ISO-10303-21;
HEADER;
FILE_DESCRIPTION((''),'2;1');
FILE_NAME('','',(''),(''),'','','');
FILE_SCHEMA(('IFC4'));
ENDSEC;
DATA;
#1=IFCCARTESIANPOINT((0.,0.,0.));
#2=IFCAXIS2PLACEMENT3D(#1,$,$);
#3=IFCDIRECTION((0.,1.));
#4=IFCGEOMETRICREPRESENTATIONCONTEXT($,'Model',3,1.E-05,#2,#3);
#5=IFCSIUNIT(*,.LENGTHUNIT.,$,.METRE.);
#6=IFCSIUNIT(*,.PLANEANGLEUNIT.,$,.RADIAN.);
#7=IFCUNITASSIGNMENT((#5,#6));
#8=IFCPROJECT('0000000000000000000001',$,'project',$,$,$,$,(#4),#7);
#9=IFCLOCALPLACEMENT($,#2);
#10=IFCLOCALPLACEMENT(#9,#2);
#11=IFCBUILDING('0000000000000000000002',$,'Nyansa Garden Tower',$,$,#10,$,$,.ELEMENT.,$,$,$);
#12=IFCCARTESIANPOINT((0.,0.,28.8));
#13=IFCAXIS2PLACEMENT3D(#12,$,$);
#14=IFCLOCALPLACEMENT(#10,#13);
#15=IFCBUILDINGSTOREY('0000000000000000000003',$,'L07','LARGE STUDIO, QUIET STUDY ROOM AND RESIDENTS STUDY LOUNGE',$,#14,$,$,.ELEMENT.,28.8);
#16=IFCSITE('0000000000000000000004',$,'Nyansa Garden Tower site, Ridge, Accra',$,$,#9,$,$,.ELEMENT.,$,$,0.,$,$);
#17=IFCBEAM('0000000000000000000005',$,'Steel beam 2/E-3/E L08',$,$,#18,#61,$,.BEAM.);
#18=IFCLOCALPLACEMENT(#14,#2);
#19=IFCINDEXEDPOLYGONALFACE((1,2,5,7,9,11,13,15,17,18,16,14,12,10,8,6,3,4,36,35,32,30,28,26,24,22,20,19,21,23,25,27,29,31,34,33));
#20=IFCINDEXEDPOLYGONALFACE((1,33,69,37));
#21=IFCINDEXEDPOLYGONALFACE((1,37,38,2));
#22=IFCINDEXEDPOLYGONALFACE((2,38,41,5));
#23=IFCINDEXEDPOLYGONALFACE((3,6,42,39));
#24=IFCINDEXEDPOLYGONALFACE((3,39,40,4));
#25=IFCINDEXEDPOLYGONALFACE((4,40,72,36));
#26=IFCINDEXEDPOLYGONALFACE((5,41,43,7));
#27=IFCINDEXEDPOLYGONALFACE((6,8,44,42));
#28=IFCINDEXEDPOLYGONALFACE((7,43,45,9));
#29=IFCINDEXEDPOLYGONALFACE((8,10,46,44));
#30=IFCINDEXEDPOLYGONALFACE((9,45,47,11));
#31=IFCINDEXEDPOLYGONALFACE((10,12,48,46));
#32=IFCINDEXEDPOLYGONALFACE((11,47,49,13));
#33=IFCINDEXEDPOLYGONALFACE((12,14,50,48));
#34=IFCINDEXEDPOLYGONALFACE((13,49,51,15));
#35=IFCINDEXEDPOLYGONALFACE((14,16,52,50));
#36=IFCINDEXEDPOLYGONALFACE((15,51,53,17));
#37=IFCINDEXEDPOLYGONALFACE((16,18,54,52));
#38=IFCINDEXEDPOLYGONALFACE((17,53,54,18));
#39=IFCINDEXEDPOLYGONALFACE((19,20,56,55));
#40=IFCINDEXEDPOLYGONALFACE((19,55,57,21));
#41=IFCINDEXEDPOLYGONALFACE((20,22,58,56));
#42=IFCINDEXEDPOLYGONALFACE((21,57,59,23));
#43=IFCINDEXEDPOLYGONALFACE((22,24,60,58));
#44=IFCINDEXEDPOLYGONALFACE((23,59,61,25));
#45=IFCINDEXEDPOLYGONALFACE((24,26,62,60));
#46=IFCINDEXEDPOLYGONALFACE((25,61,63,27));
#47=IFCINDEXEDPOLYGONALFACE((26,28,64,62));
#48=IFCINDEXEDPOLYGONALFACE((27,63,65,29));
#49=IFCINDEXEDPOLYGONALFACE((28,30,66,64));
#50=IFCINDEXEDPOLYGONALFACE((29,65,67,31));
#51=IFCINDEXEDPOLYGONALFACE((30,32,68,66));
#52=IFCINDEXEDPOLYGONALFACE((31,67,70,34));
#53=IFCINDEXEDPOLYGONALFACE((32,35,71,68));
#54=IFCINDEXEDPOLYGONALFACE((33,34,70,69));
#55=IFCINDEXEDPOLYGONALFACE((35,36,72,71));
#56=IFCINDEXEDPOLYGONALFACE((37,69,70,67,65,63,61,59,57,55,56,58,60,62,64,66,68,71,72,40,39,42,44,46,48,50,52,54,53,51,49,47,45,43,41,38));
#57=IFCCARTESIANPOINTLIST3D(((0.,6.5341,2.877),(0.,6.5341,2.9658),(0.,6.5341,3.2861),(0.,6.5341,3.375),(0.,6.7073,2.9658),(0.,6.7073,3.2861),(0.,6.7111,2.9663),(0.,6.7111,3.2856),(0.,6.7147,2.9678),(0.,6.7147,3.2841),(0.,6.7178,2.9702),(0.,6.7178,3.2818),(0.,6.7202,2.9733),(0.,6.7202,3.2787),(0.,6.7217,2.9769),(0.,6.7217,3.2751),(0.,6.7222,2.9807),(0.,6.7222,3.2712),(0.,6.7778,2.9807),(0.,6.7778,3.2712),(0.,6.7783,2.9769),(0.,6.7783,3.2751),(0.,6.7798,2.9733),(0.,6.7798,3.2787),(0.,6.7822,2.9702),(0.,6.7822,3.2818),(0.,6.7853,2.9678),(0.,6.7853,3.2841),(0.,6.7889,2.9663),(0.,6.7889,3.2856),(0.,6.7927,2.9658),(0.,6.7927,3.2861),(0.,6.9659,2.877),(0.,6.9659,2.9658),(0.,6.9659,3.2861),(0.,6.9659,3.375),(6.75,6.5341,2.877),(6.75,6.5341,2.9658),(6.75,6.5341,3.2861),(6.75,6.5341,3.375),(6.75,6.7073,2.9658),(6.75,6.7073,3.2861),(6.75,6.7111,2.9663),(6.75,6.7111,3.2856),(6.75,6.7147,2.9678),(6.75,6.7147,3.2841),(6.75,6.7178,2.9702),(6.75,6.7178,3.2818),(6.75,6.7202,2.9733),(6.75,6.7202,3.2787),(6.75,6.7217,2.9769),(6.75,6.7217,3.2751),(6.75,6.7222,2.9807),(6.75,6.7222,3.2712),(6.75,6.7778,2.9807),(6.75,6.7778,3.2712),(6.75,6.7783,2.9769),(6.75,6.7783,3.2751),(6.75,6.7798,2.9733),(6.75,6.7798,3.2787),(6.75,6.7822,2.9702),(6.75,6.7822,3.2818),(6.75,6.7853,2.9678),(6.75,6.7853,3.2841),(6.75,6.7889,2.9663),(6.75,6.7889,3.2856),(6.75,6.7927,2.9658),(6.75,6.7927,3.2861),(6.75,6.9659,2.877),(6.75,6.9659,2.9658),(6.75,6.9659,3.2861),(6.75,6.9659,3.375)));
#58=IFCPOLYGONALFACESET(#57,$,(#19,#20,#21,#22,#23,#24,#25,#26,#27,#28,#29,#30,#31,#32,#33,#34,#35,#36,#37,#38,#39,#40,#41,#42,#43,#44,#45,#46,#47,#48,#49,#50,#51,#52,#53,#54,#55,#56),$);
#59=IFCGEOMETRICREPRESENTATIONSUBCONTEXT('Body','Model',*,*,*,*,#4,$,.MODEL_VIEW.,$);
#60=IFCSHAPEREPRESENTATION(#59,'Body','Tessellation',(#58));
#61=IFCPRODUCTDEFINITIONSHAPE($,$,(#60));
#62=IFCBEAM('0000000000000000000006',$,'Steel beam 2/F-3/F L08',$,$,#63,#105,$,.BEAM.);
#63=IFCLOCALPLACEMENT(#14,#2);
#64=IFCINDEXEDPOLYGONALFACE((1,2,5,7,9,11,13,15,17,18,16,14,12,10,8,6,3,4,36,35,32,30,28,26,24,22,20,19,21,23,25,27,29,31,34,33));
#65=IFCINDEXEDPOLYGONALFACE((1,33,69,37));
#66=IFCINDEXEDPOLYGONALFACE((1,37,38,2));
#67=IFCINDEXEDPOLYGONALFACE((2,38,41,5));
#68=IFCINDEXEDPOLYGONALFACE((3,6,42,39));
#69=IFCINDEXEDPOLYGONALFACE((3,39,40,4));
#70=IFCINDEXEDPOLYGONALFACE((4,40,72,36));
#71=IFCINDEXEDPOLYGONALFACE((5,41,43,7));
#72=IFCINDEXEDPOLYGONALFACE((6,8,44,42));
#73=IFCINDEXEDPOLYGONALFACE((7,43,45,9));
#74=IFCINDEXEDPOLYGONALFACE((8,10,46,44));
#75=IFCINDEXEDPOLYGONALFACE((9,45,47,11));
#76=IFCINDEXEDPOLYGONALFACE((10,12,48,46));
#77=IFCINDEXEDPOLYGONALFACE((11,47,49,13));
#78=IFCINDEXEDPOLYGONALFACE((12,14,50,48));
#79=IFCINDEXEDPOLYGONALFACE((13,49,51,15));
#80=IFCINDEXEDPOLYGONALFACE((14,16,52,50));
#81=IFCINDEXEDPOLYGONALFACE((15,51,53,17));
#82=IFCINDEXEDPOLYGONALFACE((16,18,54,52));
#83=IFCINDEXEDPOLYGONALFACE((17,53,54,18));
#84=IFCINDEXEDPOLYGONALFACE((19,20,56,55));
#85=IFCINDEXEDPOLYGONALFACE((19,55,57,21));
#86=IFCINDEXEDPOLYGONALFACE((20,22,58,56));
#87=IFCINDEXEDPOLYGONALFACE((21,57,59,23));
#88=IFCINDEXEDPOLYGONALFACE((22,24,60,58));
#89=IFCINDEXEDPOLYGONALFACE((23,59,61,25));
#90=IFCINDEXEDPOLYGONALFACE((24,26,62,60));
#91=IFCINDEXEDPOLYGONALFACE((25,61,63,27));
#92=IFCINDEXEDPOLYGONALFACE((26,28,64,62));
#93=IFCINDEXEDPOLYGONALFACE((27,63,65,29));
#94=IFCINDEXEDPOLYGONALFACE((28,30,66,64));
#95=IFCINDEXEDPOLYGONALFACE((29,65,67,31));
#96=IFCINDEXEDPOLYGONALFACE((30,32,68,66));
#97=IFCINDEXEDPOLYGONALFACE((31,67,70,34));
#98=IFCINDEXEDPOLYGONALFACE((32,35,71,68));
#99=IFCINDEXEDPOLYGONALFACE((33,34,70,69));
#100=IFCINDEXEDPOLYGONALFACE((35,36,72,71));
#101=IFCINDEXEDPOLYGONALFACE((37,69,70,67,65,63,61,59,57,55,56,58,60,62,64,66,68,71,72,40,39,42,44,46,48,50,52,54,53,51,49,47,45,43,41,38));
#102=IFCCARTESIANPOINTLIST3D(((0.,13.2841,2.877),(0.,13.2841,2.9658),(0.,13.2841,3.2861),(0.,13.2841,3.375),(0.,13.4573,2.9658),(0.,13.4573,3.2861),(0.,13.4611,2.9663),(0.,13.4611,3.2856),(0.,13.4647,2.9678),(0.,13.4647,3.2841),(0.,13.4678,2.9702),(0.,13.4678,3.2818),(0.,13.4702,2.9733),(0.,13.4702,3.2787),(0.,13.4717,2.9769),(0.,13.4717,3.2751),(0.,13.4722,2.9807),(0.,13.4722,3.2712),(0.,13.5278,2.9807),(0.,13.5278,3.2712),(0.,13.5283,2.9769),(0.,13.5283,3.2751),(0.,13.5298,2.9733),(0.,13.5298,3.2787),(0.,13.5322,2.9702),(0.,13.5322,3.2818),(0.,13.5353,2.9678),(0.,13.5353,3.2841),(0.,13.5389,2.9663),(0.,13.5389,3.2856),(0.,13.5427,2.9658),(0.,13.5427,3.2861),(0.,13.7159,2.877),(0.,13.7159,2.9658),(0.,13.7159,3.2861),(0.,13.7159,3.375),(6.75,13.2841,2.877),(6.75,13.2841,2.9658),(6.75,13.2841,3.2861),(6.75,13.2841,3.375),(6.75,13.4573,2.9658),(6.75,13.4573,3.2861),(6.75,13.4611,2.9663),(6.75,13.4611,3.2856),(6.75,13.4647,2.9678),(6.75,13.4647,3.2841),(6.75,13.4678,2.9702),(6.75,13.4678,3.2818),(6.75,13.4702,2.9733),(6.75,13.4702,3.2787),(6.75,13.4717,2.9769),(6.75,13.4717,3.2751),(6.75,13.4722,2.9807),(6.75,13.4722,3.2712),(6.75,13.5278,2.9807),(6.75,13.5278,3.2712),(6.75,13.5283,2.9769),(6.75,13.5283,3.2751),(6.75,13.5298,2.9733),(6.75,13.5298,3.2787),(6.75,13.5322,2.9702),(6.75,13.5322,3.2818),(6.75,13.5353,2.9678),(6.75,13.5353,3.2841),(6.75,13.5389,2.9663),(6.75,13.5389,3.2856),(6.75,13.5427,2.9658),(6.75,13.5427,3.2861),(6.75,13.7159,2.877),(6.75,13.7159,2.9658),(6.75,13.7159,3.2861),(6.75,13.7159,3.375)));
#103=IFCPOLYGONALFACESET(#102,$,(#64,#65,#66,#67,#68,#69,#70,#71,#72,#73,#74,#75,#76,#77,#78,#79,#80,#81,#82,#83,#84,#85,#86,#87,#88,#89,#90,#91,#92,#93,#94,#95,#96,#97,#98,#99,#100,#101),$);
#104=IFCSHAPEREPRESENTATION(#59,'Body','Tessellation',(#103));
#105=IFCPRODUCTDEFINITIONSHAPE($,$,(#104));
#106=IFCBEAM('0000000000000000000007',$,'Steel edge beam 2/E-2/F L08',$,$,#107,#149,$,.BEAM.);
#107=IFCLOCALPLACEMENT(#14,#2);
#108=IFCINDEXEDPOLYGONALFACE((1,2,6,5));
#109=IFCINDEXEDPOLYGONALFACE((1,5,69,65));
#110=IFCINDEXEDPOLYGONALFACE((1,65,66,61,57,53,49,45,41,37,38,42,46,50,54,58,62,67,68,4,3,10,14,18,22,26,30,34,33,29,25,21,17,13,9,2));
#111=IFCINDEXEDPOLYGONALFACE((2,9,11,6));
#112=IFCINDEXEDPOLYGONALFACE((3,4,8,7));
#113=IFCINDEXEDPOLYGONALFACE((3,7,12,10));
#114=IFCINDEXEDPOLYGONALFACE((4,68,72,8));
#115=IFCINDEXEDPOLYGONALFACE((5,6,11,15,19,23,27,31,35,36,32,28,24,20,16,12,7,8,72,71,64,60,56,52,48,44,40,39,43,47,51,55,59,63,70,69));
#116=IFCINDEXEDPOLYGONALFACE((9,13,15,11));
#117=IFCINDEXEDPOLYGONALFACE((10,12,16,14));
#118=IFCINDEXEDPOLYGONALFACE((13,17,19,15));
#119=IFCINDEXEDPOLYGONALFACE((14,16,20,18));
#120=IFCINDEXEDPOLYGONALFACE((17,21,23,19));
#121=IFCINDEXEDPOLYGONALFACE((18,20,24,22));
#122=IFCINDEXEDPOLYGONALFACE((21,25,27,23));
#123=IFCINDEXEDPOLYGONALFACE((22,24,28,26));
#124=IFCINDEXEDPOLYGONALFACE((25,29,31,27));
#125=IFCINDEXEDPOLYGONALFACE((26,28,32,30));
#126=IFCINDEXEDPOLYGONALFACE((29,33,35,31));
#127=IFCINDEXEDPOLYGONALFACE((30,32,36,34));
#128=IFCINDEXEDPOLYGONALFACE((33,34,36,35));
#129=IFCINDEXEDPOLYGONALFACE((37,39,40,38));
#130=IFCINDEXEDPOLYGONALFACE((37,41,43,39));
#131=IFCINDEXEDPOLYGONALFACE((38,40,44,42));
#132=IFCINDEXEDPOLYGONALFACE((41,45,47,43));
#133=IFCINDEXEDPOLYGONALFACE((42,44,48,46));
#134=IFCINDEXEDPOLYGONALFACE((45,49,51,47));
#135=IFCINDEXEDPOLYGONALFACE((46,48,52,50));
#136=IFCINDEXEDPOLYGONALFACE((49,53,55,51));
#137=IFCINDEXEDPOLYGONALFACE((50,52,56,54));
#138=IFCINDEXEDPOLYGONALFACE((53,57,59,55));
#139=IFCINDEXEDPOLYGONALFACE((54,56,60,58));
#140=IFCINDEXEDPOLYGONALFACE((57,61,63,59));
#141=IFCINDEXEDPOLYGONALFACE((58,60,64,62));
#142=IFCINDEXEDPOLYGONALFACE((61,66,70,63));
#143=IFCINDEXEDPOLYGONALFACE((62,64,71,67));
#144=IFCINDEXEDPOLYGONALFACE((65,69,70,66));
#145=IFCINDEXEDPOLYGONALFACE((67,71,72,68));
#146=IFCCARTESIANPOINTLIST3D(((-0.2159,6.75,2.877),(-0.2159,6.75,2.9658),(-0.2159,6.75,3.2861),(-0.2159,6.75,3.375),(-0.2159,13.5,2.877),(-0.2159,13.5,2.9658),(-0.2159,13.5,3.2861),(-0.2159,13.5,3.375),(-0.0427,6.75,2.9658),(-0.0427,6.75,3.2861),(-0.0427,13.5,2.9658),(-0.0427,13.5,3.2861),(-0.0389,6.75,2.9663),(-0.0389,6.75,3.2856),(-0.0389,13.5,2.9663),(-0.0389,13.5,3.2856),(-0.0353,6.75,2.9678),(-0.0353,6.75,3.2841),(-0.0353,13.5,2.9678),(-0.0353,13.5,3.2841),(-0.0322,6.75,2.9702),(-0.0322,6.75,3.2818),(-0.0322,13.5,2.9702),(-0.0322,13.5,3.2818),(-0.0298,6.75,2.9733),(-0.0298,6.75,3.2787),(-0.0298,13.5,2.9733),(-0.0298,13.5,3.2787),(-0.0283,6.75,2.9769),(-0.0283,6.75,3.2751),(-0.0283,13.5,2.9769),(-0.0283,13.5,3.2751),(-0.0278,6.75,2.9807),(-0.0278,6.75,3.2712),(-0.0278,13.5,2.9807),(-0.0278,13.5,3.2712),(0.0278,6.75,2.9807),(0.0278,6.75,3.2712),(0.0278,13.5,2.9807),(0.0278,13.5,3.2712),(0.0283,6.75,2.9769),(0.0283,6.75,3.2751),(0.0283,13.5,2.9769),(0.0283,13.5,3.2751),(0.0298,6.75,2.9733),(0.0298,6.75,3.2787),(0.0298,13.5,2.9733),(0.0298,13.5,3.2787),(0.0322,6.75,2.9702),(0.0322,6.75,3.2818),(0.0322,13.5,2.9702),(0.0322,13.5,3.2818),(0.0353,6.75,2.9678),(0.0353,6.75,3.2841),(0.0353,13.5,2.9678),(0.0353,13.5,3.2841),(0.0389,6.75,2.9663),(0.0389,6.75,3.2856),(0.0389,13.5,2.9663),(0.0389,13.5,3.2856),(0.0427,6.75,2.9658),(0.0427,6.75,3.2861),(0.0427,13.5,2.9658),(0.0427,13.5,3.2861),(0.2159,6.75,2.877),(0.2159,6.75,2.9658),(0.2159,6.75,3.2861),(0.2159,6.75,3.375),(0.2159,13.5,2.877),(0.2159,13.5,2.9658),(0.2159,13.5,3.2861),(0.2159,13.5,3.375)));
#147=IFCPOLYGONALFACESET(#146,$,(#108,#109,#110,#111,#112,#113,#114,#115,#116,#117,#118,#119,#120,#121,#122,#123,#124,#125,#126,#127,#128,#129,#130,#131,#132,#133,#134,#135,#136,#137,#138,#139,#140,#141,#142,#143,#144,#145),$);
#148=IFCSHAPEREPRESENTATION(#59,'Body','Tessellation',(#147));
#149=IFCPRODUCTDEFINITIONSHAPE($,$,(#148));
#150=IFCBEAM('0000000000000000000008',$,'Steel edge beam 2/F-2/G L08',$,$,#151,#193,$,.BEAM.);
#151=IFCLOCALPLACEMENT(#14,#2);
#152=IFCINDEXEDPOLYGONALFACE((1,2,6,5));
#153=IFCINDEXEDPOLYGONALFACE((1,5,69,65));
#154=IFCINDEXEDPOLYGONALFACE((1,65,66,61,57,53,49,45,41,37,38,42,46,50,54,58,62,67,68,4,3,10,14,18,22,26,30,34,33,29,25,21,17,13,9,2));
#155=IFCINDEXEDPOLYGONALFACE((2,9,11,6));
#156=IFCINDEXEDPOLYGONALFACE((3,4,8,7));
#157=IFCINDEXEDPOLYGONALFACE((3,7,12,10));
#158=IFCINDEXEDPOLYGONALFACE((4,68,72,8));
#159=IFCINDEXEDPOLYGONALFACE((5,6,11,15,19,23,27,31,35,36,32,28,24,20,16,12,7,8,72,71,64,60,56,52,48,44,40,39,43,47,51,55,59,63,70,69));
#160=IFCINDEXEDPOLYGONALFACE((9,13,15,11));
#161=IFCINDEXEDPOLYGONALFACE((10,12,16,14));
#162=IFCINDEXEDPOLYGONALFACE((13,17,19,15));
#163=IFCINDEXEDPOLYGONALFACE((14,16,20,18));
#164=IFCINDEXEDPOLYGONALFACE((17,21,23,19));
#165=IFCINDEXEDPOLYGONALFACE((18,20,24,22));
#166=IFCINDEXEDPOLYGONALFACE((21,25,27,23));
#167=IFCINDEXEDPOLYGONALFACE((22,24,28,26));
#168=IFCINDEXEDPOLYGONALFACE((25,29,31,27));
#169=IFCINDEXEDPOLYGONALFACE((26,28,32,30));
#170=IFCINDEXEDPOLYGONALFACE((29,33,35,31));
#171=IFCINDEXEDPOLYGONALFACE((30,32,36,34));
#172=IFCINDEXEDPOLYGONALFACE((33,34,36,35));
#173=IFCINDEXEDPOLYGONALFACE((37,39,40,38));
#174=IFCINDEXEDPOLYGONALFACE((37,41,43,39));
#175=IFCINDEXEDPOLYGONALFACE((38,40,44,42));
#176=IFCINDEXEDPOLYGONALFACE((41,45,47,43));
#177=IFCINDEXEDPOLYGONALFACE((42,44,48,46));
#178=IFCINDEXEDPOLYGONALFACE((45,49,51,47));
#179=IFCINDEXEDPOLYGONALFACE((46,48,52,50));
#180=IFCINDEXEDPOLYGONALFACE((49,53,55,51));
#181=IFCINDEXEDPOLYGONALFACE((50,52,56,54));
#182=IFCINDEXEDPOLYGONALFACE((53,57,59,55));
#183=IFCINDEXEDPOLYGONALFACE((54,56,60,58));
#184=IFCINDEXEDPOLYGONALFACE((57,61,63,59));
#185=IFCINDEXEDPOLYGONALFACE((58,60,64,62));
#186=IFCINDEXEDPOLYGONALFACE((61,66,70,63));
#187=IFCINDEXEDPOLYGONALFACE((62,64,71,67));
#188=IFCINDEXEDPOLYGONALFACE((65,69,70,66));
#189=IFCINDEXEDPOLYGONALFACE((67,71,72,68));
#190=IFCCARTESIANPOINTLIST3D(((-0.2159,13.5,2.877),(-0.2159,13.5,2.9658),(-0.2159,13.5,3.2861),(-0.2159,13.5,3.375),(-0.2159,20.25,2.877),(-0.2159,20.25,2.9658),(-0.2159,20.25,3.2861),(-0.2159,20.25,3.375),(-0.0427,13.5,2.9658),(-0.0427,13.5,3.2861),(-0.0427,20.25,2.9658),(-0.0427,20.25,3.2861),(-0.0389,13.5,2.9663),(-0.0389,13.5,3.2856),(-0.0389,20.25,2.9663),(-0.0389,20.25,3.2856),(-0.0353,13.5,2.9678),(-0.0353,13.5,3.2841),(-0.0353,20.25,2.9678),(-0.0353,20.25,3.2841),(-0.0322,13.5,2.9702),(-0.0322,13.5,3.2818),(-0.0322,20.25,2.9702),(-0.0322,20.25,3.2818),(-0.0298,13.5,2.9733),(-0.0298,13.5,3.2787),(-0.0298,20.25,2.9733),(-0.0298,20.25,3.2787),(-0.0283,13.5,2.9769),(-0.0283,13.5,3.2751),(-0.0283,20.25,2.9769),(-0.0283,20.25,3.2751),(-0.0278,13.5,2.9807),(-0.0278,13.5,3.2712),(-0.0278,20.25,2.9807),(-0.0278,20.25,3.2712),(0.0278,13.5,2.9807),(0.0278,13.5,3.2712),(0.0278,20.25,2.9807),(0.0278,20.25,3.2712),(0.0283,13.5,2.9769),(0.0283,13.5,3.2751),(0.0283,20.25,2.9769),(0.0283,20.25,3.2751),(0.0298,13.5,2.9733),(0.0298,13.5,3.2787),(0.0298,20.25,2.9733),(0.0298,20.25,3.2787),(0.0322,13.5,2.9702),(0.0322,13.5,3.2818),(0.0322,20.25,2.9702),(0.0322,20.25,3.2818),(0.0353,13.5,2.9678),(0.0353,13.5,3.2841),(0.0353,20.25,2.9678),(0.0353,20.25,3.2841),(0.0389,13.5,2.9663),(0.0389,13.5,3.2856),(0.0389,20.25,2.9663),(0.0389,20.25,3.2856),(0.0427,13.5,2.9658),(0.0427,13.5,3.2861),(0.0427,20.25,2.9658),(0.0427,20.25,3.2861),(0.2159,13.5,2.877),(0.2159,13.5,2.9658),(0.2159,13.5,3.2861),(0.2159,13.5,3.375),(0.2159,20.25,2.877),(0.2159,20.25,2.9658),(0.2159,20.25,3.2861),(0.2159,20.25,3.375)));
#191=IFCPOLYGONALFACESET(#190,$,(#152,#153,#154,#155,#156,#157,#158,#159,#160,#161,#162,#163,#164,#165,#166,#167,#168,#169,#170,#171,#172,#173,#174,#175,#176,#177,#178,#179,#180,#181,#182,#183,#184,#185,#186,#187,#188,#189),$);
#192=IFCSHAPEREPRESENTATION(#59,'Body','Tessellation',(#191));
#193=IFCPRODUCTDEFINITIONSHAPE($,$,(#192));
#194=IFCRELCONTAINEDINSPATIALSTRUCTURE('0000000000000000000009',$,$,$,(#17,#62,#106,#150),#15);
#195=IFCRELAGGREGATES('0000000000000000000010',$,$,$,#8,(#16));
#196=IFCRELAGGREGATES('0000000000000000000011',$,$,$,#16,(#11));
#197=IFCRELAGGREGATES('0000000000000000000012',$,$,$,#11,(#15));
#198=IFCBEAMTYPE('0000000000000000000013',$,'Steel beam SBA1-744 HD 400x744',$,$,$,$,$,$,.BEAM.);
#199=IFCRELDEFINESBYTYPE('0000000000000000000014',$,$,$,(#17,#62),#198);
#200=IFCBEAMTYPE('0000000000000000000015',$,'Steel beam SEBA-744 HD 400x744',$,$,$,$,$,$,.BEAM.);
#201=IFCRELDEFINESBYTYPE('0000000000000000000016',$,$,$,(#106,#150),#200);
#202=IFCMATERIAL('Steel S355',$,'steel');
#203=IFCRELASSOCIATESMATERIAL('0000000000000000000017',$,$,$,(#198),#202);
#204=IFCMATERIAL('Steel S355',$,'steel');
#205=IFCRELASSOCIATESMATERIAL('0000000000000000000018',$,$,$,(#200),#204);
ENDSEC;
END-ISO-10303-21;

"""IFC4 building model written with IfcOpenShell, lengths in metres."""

from ifc_helpers import new_model, si_unit, direction, frame, origin, origin_2d, place, context, subcontext, project, spatial, i_section, extrude, material, material_profile, profile_set, type_object, element, save


model = new_model("IFC4")

# Units and contexts
model_context = context("Model", 3, precision=1e-05, world=origin(), true_north=direction((0.0, 1.0)))
body_context = subcontext(model_context, "Body", "Model", "MODEL_VIEW")
ifc_project = project(units=[si_unit("LENGTHUNIT", "METRE"), si_unit("PLANEANGLEUNIT", "RADIAN")], contexts=[model_context])

# Site, building, storey
site_placement = place(None, origin())
site = spatial("IfcSite", under=ifc_project, at=site_placement, Name="Nyansa Garden Tower site, Ridge, Accra", CompositionType="ELEMENT", RefElevation=0.0)
building_placement = place(site_placement, origin())
building = spatial("IfcBuilding", under=site, at=building_placement, Name="Nyansa Garden Tower", CompositionType="ELEMENT")
storey_placement = place(building_placement, frame((0.0, 0.0, 28.8)))
storey = spatial("IfcBuildingStorey", under=building, at=storey_placement, Name="L07", Description="LARGE STUDIO, QUIET STUDY ROOM AND RESIDENTS STUDY LOUNGE", CompositionType="ELEMENT", Elevation=28.8)

# Beams
ifc_material_1 = material(Name="Steel S355", Category="steel")
ifc_material_profile_1 = material_profile(ifc_material_1, i_section(OverallWidth=0.4319, OverallDepth=0.498, WebThickness=0.0557, FlangeThickness=0.0889, FilletRadius=0.0149, at=origin_2d()), Name="HD 400x744")
ifc_profile_set_1 = profile_set([ifc_material_profile_1], Name="Steel S355")
beam_type_1 = type_object("IfcBeamType", Name="Steel beam SBA1-744 HD 400x744", PredefinedType="BEAM", material=ifc_profile_set_1)
for number, where, z_axis, x_axis, name in (
    (1, (0.0, 6.75, 3.126), (1.0, 0.0, 0.0), (0.0, 1.0, 0.0), "Steel beam 2/E-3/E L08"),
    (2, (0.0, 13.5, 3.126), (1.0, 0.0, 0.0), (0.0, 1.0, 0.0), "Steel beam 2/F-3/F L08"),
):
    element("IfcBeam", number, at=place(storey_placement, frame(where, z_axis=z_axis, x_axis=x_axis)), inside=storey, type_object=beam_type_1, Name=name, PredefinedType="BEAM", context=body_context, shape_type="SweptSolid", body=[
        extrude(i_section(OverallWidth=0.4319, OverallDepth=0.498, WebThickness=0.0557, FlangeThickness=0.0889, FilletRadius=0.0149, at=origin_2d()), origin(), (0.0, 0.0, 1.0), 6.75),
    ])
ifc_material_2 = material(Name="Steel S355", Category="steel")
ifc_material_profile_2 = material_profile(ifc_material_2, i_section(OverallWidth=0.4319, OverallDepth=0.498, WebThickness=0.0557, FlangeThickness=0.0889, FilletRadius=0.0149, at=origin_2d()), Name="HD 400x744")
ifc_profile_set_2 = profile_set([ifc_material_profile_2], Name="Steel S355")
beam_type_2 = type_object("IfcBeamType", Name="Steel beam SEBA-744 HD 400x744", PredefinedType="BEAM", material=ifc_profile_set_2)
for number, where, z_axis, x_axis, name in (
    (3, (0.0, 6.75, 3.126), (0.0, 1.0, 0.0), (-1.0, 0.0, 0.0), "Steel edge beam 2/E-2/F L08"),
    (4, (0.0, 13.5, 3.126), (0.0, 1.0, 0.0), (-1.0, 0.0, 0.0), "Steel edge beam 2/F-2/G L08"),
):
    element("IfcBeam", number, at=place(storey_placement, frame(where, z_axis=z_axis, x_axis=x_axis)), inside=storey, type_object=beam_type_2, Name=name, PredefinedType="BEAM", context=body_context, shape_type="SweptSolid", body=[
        extrude(i_section(OverallWidth=0.4319, OverallDepth=0.498, WebThickness=0.0557, FlangeThickness=0.0889, FilletRadius=0.0149, at=origin_2d()), origin(), (0.0, 0.0, 1.0), 6.75),
    ])

save(model, "model.ifc")
